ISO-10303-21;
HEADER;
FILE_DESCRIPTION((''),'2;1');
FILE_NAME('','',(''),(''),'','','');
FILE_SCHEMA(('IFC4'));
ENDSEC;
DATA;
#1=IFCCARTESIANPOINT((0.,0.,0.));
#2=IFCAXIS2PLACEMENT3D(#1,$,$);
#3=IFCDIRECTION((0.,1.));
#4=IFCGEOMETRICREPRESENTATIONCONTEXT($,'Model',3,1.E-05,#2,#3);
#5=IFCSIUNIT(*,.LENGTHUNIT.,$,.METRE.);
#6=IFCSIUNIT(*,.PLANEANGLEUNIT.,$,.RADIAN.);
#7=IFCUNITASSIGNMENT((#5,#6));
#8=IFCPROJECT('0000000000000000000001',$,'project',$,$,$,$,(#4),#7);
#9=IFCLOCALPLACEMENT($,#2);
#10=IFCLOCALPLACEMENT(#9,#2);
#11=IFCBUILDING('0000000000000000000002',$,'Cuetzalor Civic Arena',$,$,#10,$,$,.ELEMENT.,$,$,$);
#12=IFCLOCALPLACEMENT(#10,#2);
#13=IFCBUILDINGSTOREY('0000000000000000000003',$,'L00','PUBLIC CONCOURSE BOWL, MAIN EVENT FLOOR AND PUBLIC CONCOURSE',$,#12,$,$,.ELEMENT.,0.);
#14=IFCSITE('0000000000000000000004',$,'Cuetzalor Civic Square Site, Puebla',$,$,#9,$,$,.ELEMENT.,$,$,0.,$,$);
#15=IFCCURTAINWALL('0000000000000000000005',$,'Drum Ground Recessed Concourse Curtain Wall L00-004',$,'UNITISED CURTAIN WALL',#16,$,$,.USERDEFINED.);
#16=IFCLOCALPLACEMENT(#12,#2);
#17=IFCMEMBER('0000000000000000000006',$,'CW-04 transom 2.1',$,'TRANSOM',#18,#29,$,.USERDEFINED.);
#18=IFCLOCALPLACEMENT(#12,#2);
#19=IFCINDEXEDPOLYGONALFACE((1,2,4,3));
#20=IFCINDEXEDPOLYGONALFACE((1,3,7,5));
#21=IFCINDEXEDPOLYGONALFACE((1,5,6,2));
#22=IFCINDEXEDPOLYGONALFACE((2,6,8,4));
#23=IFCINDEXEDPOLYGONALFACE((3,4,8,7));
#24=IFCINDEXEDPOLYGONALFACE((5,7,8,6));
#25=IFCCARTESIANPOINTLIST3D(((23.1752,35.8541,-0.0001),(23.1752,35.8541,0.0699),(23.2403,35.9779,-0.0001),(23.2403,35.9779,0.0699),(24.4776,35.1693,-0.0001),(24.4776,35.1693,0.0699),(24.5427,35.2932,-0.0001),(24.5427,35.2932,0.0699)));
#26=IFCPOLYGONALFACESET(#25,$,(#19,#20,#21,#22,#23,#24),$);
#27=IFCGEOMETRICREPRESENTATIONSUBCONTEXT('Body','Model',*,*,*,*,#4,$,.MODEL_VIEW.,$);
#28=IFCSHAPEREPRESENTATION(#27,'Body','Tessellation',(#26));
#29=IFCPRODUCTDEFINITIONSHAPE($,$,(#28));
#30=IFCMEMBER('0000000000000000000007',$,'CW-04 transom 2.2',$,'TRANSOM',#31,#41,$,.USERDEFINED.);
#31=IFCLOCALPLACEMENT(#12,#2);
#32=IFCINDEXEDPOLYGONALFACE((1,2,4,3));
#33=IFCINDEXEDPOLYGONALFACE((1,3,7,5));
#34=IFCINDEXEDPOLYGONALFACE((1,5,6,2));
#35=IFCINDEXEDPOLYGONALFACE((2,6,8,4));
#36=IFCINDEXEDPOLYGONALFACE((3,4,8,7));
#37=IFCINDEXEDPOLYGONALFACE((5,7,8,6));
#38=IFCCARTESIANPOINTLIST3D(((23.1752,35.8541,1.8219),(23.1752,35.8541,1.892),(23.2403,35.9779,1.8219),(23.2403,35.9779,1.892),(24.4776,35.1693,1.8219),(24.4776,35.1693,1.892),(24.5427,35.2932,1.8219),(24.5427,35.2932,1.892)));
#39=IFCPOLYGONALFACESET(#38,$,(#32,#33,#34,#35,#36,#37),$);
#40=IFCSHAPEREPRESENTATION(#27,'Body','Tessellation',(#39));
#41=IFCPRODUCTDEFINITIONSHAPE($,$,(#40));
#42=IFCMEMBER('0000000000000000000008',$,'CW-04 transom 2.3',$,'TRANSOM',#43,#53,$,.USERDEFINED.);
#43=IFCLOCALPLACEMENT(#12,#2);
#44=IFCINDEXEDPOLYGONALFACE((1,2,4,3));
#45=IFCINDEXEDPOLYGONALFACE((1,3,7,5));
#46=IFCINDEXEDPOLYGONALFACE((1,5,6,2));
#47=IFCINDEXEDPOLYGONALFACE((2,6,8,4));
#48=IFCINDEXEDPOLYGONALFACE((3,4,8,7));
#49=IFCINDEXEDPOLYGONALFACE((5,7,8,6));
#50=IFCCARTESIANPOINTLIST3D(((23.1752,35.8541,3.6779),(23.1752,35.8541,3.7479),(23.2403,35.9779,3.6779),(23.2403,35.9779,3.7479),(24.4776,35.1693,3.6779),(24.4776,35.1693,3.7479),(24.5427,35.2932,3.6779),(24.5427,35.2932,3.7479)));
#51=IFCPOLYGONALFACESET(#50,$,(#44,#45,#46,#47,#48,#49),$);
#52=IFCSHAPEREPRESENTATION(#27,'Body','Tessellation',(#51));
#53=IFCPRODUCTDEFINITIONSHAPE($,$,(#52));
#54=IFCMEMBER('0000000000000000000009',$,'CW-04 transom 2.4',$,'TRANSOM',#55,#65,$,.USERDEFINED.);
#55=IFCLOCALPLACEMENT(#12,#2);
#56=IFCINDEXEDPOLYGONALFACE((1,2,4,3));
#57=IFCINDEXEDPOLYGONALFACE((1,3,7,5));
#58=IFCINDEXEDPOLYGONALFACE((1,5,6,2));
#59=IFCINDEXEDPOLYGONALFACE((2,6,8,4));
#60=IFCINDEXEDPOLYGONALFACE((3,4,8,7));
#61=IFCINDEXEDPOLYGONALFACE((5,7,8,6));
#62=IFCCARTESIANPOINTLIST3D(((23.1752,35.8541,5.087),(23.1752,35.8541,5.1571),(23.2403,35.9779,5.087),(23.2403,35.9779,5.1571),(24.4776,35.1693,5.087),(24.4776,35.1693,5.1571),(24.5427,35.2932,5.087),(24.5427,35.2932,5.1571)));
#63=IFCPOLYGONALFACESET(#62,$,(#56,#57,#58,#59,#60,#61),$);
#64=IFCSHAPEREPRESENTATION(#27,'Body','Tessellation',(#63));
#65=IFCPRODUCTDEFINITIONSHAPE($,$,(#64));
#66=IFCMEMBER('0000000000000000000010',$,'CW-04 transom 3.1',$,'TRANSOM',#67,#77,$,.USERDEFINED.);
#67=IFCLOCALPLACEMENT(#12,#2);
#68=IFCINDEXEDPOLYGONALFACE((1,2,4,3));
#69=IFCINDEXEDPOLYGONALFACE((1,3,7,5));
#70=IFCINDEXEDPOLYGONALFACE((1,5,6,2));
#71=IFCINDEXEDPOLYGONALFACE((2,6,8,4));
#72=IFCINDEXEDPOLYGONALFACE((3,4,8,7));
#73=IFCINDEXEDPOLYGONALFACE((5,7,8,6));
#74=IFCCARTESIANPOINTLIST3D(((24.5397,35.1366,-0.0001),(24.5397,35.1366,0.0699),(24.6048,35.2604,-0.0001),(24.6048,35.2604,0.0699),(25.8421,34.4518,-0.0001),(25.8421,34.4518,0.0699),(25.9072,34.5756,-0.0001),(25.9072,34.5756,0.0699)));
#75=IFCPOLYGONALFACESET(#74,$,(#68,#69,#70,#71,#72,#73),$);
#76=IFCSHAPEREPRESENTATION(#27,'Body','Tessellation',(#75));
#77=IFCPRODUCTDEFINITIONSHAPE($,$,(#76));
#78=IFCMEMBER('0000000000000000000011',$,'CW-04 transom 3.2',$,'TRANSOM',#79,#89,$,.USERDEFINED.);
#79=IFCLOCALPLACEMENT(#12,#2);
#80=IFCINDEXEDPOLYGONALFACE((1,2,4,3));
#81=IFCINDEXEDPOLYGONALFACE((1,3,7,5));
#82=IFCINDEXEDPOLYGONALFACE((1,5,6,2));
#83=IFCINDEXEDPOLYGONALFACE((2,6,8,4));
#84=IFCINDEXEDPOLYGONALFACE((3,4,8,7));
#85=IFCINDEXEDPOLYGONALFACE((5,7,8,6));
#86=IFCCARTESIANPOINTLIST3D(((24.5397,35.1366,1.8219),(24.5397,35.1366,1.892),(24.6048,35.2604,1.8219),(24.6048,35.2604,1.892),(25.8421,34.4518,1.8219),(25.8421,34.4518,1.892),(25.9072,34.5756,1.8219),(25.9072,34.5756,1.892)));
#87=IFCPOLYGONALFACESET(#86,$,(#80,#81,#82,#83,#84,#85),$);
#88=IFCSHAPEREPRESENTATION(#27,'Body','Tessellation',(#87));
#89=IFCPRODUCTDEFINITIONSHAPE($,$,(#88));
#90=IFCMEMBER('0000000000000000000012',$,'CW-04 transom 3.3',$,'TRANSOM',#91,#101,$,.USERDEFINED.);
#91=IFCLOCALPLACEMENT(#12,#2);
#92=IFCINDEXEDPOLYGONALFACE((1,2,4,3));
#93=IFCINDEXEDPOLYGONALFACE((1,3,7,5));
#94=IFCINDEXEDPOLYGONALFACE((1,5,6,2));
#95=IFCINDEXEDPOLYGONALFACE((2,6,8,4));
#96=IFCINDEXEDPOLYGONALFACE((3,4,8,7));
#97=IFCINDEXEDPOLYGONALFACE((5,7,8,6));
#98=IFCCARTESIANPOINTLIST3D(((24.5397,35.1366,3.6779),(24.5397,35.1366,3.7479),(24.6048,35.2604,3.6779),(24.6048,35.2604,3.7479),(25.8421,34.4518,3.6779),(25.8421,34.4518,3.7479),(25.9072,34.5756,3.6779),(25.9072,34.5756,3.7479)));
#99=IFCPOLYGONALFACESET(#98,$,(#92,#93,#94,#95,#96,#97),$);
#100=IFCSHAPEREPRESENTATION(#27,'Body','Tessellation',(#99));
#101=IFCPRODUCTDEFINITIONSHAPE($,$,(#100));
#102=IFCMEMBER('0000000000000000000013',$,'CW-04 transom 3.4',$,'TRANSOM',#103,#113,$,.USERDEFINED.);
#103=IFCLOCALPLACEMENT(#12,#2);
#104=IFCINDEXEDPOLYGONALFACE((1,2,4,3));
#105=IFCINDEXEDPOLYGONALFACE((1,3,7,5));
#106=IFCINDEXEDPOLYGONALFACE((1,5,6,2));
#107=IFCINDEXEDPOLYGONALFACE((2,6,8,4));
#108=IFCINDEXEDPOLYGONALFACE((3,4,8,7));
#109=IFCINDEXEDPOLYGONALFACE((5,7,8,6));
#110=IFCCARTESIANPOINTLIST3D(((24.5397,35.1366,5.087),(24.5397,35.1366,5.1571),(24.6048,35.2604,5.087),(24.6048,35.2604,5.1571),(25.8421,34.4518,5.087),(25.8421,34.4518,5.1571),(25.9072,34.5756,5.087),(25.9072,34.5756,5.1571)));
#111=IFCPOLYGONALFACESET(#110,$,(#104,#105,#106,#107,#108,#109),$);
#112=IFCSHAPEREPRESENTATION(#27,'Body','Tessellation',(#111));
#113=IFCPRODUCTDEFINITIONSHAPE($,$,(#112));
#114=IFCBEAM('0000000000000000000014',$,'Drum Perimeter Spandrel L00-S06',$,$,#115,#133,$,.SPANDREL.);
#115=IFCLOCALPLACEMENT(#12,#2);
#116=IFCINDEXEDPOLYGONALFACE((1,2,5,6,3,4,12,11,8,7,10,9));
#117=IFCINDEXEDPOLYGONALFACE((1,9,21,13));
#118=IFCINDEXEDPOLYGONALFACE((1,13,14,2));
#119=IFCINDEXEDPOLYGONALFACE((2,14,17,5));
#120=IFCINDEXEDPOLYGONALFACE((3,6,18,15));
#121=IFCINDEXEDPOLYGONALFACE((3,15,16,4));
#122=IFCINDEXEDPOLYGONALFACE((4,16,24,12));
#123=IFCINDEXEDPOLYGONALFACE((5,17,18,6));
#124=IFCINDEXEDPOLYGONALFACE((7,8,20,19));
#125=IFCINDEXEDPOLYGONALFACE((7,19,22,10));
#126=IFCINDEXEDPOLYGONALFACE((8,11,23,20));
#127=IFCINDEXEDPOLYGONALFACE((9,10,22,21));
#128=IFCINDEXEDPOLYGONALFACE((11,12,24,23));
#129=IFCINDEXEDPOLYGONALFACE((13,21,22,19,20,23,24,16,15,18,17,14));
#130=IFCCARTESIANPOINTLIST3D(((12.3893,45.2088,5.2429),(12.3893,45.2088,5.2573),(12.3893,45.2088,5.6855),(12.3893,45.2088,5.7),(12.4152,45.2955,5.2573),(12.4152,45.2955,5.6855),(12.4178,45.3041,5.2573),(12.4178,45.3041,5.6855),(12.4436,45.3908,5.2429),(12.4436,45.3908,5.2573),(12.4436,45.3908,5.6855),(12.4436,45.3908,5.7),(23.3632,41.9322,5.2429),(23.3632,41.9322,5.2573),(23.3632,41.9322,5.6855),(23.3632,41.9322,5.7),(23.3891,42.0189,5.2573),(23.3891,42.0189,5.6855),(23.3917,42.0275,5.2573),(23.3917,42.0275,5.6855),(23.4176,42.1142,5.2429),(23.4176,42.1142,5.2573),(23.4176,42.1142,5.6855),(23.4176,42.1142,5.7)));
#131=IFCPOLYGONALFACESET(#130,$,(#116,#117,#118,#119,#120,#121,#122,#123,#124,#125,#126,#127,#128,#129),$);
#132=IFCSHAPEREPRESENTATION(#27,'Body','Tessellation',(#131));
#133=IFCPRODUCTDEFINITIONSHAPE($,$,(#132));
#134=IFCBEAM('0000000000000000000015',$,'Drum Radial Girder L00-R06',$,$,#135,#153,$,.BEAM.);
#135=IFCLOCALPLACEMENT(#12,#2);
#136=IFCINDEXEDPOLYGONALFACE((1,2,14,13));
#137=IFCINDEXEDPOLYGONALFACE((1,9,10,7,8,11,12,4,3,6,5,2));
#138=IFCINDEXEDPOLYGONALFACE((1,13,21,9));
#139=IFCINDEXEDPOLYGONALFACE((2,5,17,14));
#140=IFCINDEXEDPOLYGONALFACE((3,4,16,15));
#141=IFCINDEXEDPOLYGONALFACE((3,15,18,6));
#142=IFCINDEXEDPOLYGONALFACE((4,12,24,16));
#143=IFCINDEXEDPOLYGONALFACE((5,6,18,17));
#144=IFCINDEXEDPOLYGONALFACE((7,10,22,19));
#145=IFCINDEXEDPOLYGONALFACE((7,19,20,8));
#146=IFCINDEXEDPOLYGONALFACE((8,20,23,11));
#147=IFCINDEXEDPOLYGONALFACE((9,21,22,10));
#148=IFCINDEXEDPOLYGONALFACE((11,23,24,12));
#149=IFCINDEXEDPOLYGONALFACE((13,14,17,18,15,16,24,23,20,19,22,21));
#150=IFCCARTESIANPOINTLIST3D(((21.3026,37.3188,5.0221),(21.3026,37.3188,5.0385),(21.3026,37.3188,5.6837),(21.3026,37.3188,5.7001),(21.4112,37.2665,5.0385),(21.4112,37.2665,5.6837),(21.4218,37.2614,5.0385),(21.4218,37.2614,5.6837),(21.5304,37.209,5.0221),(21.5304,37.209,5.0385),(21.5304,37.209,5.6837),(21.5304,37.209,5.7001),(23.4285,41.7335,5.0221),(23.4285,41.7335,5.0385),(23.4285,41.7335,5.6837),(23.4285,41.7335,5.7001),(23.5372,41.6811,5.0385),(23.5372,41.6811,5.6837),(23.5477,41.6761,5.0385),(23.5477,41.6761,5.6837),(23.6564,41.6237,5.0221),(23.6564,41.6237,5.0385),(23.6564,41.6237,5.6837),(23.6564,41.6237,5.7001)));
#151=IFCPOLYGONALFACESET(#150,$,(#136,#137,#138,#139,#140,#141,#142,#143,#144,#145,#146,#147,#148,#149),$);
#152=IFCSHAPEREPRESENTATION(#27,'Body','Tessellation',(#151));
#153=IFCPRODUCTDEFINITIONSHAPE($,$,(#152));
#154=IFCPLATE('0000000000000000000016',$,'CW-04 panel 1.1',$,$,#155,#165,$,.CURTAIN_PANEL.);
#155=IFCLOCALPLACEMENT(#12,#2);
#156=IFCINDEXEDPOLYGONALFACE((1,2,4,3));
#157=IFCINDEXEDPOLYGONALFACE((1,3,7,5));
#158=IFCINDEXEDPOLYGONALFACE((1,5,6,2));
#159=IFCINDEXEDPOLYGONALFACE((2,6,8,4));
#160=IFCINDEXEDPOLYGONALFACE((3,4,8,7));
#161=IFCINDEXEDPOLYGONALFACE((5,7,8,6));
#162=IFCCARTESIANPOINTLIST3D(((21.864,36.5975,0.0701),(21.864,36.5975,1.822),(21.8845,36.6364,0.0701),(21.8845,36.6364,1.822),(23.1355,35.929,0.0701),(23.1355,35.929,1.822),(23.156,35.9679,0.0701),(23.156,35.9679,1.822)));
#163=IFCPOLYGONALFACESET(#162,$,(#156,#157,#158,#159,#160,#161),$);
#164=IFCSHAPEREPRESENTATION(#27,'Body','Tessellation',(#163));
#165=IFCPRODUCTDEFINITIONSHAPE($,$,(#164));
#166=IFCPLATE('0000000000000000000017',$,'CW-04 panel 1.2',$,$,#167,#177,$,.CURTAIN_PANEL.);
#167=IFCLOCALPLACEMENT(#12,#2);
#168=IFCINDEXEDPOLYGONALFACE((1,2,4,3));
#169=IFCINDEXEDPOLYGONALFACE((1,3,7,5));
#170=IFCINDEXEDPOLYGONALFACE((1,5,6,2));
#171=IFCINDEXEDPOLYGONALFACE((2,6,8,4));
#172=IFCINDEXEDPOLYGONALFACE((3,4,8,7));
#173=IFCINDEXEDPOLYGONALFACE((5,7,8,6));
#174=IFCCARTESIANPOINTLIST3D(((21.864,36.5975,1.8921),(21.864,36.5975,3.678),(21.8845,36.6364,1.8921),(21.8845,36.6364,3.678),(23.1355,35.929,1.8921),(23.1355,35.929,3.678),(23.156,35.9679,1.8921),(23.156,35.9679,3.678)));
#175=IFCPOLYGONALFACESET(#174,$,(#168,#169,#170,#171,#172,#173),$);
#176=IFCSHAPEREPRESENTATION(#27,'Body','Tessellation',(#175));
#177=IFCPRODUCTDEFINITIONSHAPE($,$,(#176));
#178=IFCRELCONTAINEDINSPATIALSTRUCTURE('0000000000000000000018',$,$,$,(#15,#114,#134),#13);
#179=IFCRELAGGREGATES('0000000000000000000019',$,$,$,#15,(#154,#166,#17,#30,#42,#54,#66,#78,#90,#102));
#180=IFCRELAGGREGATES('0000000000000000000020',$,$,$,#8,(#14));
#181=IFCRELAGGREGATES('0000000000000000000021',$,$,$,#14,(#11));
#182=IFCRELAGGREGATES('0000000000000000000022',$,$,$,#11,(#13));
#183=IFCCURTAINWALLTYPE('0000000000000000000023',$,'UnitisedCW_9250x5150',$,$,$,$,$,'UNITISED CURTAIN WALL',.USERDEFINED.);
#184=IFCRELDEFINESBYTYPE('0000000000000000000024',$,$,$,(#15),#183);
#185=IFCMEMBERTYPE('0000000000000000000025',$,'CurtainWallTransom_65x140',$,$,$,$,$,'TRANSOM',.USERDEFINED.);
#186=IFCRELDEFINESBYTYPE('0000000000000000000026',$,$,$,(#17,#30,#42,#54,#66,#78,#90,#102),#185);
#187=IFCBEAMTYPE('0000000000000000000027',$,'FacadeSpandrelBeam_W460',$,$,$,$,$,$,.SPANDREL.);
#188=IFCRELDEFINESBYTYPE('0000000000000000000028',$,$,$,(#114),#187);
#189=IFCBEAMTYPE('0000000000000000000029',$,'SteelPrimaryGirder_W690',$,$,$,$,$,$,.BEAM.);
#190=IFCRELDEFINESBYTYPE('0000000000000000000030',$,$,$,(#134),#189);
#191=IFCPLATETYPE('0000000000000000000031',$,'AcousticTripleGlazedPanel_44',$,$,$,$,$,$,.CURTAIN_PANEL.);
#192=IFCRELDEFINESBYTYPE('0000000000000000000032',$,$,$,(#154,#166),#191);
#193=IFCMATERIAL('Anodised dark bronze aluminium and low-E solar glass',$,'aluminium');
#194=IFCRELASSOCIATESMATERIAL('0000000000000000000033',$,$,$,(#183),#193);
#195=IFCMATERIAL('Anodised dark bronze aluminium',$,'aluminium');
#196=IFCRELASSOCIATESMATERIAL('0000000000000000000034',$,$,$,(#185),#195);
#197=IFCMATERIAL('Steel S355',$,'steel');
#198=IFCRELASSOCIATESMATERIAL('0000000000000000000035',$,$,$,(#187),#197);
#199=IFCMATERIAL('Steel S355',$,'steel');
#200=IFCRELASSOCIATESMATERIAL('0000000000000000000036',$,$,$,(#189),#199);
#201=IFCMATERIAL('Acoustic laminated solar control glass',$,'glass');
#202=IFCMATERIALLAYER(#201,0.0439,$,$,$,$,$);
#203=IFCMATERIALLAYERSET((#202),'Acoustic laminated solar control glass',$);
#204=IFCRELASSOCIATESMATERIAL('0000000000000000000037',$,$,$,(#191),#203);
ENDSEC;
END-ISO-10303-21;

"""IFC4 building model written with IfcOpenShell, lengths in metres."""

from ifc_helpers import new_model, si_unit, direction, frame, origin, origin_2d, place, context, subcontext, project, spatial, rectangle, i_section, extrude, material, layer, layer_set, material_profile, profile_set, type_object, element, aggregate, save


model = new_model("IFC4")

# Units and contexts
model_context = context("Model", 3, precision=1e-05, world=origin(), true_north=direction((0.0, 1.0)))
body_context = subcontext(model_context, "Body", "Model", "MODEL_VIEW")
ifc_project = project(units=[si_unit("LENGTHUNIT", "METRE"), si_unit("PLANEANGLEUNIT", "RADIAN")], contexts=[model_context])

# Site, building, storey
site_placement = place(None, origin())
site = spatial("IfcSite", under=ifc_project, at=site_placement, Name="Cuetzalor Civic Square Site, Puebla", CompositionType="ELEMENT", RefElevation=0.0)
building_placement = place(site_placement, origin())
building = spatial("IfcBuilding", under=site, at=building_placement, Name="Cuetzalor Civic Arena", CompositionType="ELEMENT")
storey_placement = place(building_placement, origin())
storey = spatial("IfcBuildingStorey", under=building, at=storey_placement, Name="L00", Description="PUBLIC CONCOURSE BOWL, MAIN EVENT FLOOR AND PUBLIC CONCOURSE", CompositionType="ELEMENT", Elevation=0.0)

# Curtain wall, members
ifc_material_1 = material(Name="Anodised dark bronze aluminium and low-E solar glass", Category="aluminium")
curtain_wall_type = type_object("IfcCurtainWallType", Name="UnitisedCW_9250x5150", ElementType="UNITISED CURTAIN WALL", PredefinedType="USERDEFINED", material=ifc_material_1)
curtain_wall_placement = place(storey_placement, origin())
curtain_wall = element("IfcCurtainWall", 1, at=curtain_wall_placement, inside=storey, type_object=curtain_wall_type, Name="Drum Ground Recessed Concourse Curtain Wall L00-004", ObjectType="UNITISED CURTAIN WALL", PredefinedType="USERDEFINED")
ifc_material_2 = material(Name="Anodised dark bronze aluminium", Category="aluminium")
ifc_material_profile_1 = material_profile(ifc_material_2, rectangle(XDim=0.1399, YDim=0.0701, at=origin_2d()), Name="ALU TRANSOM 70x140")
ifc_profile_set_1 = profile_set([ifc_material_profile_1], Name="Anodised dark bronze aluminium")
member_type_1 = type_object("IfcMemberType", Name="CurtainWallTransom_65x140", ElementType="TRANSOM", PredefinedType="USERDEFINED", material=ifc_profile_set_1)
member_1_placement = place(storey_placement, frame((23.2078, 35.916, 0.0349), z_axis=(0.885116, -0.46537, 0.0), x_axis=(0.46537, 0.885116, 0.0)))
member_1 = element("IfcMember", 2, at=member_1_placement, type_object=member_type_1, Name="CW-04 transom 2.1", ObjectType="TRANSOM", PredefinedType="USERDEFINED", context=body_context, shape_type="SweptSolid", body=[
    extrude(rectangle(XDim=0.1399, YDim=0.0701, at=origin_2d()), origin(), (0.0, 0.0, 1.0), 1.4714),
])
member_2_placement = place(storey_placement, frame((23.2078, 35.916, 1.8569), z_axis=(0.885116, -0.46537, 0.0), x_axis=(0.46537, 0.885116, 0.0)))
member_2 = element("IfcMember", 3, at=member_2_placement, type_object=member_type_1, Name="CW-04 transom 2.2", ObjectType="TRANSOM", PredefinedType="USERDEFINED", context=body_context, shape_type="SweptSolid", body=[
    extrude(rectangle(XDim=0.1399, YDim=0.0701, at=origin_2d()), origin(), (0.0, 0.0, 1.0), 1.4714),
])
member_3_placement = place(storey_placement, frame((23.2078, 35.916, 3.7129), z_axis=(0.885116, -0.46537, 0.0), x_axis=(0.46537, 0.885116, 0.0)))
member_3 = element("IfcMember", 4, at=member_3_placement, type_object=member_type_1, Name="CW-04 transom 2.3", ObjectType="TRANSOM", PredefinedType="USERDEFINED", context=body_context, shape_type="SweptSolid", body=[
    extrude(rectangle(XDim=0.1399, YDim=0.0701, at=origin_2d()), origin(), (0.0, 0.0, 1.0), 1.4714),
])
member_4_placement = place(storey_placement, frame((23.2078, 35.916, 5.1221), z_axis=(0.885116, -0.46537, 0.0), x_axis=(0.46537, 0.885116, 0.0)))
member_4 = element("IfcMember", 5, at=member_4_placement, type_object=member_type_1, Name="CW-04 transom 2.4", ObjectType="TRANSOM", PredefinedType="USERDEFINED", context=body_context, shape_type="SweptSolid", body=[
    extrude(rectangle(XDim=0.1399, YDim=0.0701, at=origin_2d()), origin(), (0.0, 0.0, 1.0), 1.4714),
])
member_5_placement = place(storey_placement, frame((24.5723, 35.1985, 0.0349), z_axis=(0.885116, -0.46537, 0.0), x_axis=(0.46537, 0.885116, 0.0)))
member_5 = element("IfcMember", 6, at=member_5_placement, type_object=member_type_1, Name="CW-04 transom 3.1", ObjectType="TRANSOM", PredefinedType="USERDEFINED", context=body_context, shape_type="SweptSolid", body=[
    extrude(rectangle(XDim=0.1399, YDim=0.0701, at=origin_2d()), origin(), (0.0, 0.0, 1.0), 1.4714),
])
member_6_placement = place(storey_placement, frame((24.5723, 35.1985, 1.8569), z_axis=(0.885116, -0.46537, 0.0), x_axis=(0.46537, 0.885116, 0.0)))
member_6 = element("IfcMember", 7, at=member_6_placement, type_object=member_type_1, Name="CW-04 transom 3.2", ObjectType="TRANSOM", PredefinedType="USERDEFINED", context=body_context, shape_type="SweptSolid", body=[
    extrude(rectangle(XDim=0.1399, YDim=0.0701, at=origin_2d()), origin(), (0.0, 0.0, 1.0), 1.4714),
])
member_7_placement = place(storey_placement, frame((24.5723, 35.1985, 3.7129), z_axis=(0.885116, -0.46537, 0.0), x_axis=(0.46537, 0.885116, 0.0)))
member_7 = element("IfcMember", 8, at=member_7_placement, type_object=member_type_1, Name="CW-04 transom 3.3", ObjectType="TRANSOM", PredefinedType="USERDEFINED", context=body_context, shape_type="SweptSolid", body=[
    extrude(rectangle(XDim=0.1399, YDim=0.0701, at=origin_2d()), origin(), (0.0, 0.0, 1.0), 1.4714),
])
member_8_placement = place(storey_placement, frame((24.5723, 35.1985, 5.1221), z_axis=(0.885116, -0.46537, 0.0), x_axis=(0.46537, 0.885116, 0.0)))
member_8 = element("IfcMember", 9, at=member_8_placement, type_object=member_type_1, Name="CW-04 transom 3.4", ObjectType="TRANSOM", PredefinedType="USERDEFINED", context=body_context, shape_type="SweptSolid", body=[
    extrude(rectangle(XDim=0.1399, YDim=0.0701, at=origin_2d()), origin(), (0.0, 0.0, 1.0), 1.4714),
])

# Beams
ifc_material_3 = material(Name="Steel S355", Category="steel")
ifc_material_profile_2 = material_profile(ifc_material_3, i_section(OverallWidth=0.1899, OverallDepth=0.457, WebThickness=0.009, FlangeThickness=0.0144, at=origin_2d()), Name="W460x74")
ifc_profile_set_2 = profile_set([ifc_material_profile_2], Name="Steel S355")
beam_type_1 = type_object("IfcBeamType", Name="FacadeSpandrelBeam_W460", PredefinedType="SPANDREL", material=ifc_profile_set_2)
beam_1_placement = place(storey_placement, frame((23.3904, 42.0232, 5.4714), z_axis=(-0.958199, 0.286102, 0.0), x_axis=(-0.286102, -0.958199, 0.0)))
element("IfcBeam", 10, at=beam_1_placement, inside=storey, type_object=beam_type_1, Name="Drum Perimeter Spandrel L00-S06", PredefinedType="SPANDREL", context=body_context, shape_type="SweptSolid", body=[
    extrude(i_section(OverallWidth=0.1899, OverallDepth=0.457, WebThickness=0.009, FlangeThickness=0.0144, at=origin_2d()), origin(), (0.0, 0.0, 1.0), 11.4526),
])
ifc_material_4 = material(Name="Steel S355", Category="steel")
ifc_material_profile_3 = material_profile(ifc_material_4, i_section(OverallWidth=0.2529, OverallDepth=0.678, WebThickness=0.0117, FlangeThickness=0.0164, at=origin_2d()), Name="W690x125")
ifc_profile_set_3 = profile_set([ifc_material_profile_3], Name="Steel S355")
beam_type_2 = type_object("IfcBeamType", Name="SteelPrimaryGirder_W690", PredefinedType="BEAM", material=ifc_profile_set_3)
beam_2_placement = place(storey_placement, frame((21.4165, 37.2639, 5.3611), z_axis=(0.433871, 0.900975, 0.0), x_axis=(-0.900975, 0.433871, 0.0)))
element("IfcBeam", 11, at=beam_2_placement, inside=storey, type_object=beam_type_2, Name="Drum Radial Girder L00-R06", PredefinedType="BEAM", context=body_context, shape_type="SweptSolid", body=[
    extrude(i_section(OverallWidth=0.2529, OverallDepth=0.678, WebThickness=0.0117, FlangeThickness=0.0164, at=origin_2d()), origin(), (0.0, 0.0, 1.0), 4.8999),
])

# Plates
ifc_material_5 = material(Name="Acoustic laminated solar control glass", Category="glass")
ifc_layer = layer(ifc_material_5, 0.0439)
ifc_layer_set = layer_set([ifc_layer], Name="Acoustic laminated solar control glass")
plate_type = type_object("IfcPlateType", Name="AcousticTripleGlazedPanel_44", PredefinedType="CURTAIN_PANEL", material=ifc_layer_set)
plate_1_placement = place(storey_placement, frame((22.51, 36.2827, 0.0701), z_axis=(0.0, 0.0, 1.0), x_axis=(0.885118, -0.465366, 0.0)))
plate_1 = element("IfcPlate", 12, at=plate_1_placement, type_object=plate_type, Name="CW-04 panel 1.1", PredefinedType="CURTAIN_PANEL", context=body_context, shape_type="SweptSolid", body=[
    extrude(rectangle(XDim=1.4365, YDim=0.0439, at=origin_2d()), origin(), (0.0, 0.0, 1.0), 1.752),
])
plate_2_placement = place(storey_placement, frame((22.51, 36.2827, 1.8921), z_axis=(0.0, 0.0, 1.0), x_axis=(0.885118, -0.465366, 0.0)))
plate_2 = element("IfcPlate", 13, at=plate_2_placement, type_object=plate_type, Name="CW-04 panel 1.2", PredefinedType="CURTAIN_PANEL", context=body_context, shape_type="SweptSolid", body=[
    extrude(rectangle(XDim=1.4365, YDim=0.0439, at=origin_2d()), origin(), (0.0, 0.0, 1.0), 1.7859),
])
aggregate(curtain_wall, [plate_1, plate_2, member_1, member_2, member_3, member_4, member_5, member_6, member_7, member_8])

save(model, "model.ifc")
